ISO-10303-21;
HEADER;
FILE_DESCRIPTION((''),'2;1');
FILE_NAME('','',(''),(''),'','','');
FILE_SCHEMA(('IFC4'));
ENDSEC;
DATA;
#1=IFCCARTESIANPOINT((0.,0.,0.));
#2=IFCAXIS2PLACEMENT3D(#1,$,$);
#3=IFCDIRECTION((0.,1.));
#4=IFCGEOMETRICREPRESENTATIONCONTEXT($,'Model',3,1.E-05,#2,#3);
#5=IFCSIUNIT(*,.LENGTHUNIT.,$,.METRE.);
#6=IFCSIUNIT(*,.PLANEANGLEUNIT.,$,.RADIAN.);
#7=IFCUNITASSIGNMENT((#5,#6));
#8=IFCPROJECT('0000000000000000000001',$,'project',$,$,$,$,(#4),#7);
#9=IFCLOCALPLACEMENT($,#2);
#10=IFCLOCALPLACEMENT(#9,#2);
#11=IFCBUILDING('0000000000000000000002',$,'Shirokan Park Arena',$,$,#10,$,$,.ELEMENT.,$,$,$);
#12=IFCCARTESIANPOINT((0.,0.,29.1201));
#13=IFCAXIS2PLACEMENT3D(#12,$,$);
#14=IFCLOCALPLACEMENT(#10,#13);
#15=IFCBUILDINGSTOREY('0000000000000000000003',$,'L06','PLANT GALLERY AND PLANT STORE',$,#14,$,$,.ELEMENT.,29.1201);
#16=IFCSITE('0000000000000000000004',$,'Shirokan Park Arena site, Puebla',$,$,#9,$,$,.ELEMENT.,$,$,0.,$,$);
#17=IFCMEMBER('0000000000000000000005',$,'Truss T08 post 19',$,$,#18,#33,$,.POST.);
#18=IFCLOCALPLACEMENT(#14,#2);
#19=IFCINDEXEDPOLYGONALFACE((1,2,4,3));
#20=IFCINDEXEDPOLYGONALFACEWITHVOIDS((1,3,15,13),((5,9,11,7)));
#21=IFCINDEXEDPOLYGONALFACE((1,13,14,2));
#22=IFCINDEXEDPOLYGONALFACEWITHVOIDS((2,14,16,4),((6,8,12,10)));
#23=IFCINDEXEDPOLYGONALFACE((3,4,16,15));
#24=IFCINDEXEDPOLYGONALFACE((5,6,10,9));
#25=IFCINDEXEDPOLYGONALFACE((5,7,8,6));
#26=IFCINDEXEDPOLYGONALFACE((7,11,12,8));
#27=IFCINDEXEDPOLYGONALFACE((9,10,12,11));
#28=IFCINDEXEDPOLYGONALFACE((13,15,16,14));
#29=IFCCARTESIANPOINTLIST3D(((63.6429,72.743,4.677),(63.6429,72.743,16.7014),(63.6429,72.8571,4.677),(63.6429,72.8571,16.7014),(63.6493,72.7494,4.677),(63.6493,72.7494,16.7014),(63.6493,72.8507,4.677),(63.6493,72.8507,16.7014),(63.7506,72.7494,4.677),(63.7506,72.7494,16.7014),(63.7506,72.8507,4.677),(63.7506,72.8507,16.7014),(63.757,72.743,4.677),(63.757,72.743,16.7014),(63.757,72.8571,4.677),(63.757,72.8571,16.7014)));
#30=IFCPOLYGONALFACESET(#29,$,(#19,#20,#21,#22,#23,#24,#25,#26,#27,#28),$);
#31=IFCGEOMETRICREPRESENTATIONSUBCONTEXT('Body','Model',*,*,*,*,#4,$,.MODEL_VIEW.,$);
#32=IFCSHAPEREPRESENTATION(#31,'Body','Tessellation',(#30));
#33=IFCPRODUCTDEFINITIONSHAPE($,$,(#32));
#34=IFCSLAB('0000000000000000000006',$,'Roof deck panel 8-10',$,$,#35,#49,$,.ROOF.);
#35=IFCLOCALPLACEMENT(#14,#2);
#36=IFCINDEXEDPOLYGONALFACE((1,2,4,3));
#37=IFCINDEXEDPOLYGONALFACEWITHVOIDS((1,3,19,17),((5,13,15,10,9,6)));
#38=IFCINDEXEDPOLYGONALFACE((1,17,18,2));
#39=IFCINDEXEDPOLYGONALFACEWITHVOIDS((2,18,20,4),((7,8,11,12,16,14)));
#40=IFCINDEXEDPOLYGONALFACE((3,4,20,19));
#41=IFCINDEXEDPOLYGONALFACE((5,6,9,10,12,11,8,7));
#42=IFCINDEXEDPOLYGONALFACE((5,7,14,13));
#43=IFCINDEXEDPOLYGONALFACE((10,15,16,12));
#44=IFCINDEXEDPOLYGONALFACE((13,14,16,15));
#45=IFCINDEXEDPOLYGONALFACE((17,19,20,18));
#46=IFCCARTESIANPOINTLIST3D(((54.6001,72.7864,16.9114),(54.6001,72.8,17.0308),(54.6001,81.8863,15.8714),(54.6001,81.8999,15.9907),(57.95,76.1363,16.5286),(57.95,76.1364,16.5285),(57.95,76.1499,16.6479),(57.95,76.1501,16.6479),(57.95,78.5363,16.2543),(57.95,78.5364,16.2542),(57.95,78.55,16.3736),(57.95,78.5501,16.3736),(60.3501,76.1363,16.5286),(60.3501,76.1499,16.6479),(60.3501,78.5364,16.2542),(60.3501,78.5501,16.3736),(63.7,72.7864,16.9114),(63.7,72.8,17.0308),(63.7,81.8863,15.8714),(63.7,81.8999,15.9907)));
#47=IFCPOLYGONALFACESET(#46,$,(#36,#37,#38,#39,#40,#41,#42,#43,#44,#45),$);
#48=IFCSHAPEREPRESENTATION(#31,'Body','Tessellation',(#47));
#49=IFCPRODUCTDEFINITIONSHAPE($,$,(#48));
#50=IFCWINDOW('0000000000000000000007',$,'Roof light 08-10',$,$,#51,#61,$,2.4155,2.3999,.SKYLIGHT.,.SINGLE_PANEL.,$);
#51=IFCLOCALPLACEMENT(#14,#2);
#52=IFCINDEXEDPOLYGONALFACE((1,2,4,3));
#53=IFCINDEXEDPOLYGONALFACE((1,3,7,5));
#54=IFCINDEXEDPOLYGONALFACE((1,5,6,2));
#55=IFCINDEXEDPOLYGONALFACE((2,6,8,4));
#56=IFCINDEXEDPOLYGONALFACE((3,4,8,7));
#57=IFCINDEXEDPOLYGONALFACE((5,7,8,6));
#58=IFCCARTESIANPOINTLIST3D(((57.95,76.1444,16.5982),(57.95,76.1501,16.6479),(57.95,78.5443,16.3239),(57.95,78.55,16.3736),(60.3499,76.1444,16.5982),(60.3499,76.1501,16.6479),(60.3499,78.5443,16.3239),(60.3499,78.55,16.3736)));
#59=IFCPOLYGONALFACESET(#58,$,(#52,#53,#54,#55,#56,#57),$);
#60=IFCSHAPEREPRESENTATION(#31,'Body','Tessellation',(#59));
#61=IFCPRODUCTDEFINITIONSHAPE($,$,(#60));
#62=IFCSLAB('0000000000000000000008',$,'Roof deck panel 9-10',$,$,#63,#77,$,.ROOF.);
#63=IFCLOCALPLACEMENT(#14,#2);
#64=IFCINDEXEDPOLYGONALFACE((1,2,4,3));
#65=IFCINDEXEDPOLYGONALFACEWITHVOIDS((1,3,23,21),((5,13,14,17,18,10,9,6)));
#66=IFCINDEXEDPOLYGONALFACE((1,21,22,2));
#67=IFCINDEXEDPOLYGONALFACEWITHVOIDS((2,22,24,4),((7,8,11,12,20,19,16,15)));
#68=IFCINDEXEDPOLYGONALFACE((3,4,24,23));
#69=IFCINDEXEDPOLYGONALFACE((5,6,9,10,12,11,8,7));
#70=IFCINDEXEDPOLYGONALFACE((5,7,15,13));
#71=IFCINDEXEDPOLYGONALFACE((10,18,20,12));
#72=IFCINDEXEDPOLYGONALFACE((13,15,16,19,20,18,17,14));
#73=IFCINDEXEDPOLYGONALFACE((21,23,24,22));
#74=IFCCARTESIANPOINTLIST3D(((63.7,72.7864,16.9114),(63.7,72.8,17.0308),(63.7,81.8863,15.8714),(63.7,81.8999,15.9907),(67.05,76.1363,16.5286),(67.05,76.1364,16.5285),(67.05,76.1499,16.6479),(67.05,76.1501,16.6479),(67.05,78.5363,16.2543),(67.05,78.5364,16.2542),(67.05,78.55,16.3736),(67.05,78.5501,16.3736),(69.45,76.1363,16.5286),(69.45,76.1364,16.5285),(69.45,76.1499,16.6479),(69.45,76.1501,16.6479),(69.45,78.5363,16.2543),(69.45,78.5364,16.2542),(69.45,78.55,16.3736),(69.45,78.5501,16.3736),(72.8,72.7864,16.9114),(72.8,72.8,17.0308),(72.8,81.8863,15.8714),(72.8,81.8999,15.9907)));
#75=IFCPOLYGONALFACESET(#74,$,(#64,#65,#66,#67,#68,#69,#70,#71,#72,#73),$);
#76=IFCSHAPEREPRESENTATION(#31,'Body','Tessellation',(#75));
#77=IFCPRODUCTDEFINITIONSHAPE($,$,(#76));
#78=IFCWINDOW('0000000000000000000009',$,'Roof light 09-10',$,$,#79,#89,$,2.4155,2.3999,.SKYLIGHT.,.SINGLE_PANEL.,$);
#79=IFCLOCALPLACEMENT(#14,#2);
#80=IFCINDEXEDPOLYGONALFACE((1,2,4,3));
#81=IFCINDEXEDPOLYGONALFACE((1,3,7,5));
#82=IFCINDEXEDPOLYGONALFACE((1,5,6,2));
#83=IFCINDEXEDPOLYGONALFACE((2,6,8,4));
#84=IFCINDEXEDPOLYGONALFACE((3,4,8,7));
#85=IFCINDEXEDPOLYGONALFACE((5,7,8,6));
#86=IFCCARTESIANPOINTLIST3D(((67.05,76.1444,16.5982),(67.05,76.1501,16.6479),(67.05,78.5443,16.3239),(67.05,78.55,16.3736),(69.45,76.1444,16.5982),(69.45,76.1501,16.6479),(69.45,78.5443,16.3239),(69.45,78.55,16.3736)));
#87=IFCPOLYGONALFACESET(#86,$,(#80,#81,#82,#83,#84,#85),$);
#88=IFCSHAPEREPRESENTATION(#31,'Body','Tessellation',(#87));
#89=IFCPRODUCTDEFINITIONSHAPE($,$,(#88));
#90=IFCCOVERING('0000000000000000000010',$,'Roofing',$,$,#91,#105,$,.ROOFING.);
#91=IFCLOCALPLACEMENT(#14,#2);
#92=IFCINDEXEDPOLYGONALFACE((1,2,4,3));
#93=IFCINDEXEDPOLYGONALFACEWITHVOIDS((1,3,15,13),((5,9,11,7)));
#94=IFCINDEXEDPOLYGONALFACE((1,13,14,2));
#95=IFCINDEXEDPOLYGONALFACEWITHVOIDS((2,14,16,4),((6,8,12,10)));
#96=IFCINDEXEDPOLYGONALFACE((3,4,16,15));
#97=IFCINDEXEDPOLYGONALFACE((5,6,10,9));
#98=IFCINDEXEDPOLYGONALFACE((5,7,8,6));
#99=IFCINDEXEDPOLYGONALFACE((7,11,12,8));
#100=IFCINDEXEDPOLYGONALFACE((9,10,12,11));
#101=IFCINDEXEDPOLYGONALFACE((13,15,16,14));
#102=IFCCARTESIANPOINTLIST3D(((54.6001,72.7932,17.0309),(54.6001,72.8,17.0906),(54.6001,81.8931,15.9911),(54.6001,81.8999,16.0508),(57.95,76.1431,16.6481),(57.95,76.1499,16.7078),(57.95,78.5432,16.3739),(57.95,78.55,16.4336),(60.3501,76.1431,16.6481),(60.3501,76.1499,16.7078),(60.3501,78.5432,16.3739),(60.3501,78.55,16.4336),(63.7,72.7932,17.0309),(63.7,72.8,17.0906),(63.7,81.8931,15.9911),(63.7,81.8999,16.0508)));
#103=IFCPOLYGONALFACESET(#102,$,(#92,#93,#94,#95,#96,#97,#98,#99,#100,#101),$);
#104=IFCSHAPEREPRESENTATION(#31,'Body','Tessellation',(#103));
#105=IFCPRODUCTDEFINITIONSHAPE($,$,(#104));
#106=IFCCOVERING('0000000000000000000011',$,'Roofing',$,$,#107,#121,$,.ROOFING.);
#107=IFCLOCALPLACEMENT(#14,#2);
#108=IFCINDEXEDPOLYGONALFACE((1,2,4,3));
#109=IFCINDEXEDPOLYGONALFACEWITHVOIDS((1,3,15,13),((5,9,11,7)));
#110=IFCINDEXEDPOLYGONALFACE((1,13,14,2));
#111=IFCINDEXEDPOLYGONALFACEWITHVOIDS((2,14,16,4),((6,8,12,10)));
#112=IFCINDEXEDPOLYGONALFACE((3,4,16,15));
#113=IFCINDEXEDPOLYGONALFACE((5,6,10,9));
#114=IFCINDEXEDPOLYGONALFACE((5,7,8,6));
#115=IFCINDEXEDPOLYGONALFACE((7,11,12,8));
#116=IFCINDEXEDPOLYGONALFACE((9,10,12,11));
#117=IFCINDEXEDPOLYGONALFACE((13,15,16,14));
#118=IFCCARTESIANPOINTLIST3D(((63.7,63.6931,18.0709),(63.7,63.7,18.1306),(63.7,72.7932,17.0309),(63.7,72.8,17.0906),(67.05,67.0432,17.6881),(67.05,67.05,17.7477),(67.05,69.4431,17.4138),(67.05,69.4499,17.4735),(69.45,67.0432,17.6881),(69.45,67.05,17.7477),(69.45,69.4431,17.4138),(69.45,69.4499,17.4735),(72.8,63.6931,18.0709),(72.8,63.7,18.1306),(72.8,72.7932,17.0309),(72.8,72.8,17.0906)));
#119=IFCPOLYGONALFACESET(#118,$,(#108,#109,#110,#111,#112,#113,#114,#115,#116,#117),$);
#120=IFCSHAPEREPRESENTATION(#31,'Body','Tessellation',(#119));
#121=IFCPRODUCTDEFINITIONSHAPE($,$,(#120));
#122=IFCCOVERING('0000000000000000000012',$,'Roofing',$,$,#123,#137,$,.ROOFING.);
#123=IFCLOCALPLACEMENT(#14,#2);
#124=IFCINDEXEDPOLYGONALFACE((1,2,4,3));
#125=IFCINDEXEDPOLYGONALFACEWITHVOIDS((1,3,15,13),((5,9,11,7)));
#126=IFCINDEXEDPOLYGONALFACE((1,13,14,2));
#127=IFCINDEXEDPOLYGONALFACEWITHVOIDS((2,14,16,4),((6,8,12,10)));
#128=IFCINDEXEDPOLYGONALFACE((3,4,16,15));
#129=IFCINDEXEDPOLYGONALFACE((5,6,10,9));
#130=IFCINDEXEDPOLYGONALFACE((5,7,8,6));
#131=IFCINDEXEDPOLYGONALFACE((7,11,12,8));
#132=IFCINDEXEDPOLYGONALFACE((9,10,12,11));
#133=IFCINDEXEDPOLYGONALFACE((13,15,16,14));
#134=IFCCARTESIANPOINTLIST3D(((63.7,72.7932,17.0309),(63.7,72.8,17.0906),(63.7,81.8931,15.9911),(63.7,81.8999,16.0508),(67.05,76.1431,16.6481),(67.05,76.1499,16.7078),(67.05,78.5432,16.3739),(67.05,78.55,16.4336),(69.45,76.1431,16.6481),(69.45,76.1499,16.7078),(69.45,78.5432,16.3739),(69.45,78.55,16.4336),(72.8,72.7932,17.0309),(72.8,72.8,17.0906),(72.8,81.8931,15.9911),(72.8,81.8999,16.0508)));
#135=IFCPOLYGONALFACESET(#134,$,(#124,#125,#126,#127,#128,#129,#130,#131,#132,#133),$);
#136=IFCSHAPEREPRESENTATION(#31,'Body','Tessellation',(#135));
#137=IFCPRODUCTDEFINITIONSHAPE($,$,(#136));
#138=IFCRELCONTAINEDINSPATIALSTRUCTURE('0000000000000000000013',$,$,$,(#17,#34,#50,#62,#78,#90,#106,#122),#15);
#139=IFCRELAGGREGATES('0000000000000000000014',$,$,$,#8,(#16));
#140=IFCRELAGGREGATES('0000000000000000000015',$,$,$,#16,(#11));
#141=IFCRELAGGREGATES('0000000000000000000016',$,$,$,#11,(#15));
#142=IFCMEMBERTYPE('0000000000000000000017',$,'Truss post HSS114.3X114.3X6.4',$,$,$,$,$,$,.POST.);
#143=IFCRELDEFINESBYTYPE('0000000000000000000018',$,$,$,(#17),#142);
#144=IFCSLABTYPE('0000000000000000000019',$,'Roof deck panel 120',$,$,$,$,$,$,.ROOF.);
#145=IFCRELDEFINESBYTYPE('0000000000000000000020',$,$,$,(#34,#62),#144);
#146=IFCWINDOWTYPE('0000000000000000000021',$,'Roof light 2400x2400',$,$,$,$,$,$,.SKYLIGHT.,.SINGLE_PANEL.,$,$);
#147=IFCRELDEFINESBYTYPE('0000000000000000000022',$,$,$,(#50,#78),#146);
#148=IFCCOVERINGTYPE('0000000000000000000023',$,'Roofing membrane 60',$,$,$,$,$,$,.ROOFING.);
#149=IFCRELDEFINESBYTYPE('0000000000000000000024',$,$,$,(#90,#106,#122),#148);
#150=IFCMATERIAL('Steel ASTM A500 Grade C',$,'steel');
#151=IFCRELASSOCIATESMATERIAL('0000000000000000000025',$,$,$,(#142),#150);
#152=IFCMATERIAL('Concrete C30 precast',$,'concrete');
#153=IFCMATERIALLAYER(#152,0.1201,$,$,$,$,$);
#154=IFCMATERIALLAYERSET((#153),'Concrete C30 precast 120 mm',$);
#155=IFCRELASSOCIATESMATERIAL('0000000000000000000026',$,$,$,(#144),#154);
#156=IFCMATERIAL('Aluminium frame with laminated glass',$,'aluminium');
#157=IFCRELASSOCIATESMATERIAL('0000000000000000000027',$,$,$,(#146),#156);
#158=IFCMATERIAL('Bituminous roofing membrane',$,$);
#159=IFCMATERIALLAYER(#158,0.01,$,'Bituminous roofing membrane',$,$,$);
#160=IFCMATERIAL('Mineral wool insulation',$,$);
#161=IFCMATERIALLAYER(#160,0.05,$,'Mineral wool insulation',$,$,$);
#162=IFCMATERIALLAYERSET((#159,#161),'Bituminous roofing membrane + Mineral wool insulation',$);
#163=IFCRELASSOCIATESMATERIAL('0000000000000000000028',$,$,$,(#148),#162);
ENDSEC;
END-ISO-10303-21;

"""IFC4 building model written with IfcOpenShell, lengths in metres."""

from ifc_helpers import new_model, si_unit, direction, frame, origin, origin_2d, place, context, subcontext, project, spatial, polyline, rectangle, hollow_rectangle, outline, extrude, material, layer, layer_set, material_profile, profile_set, type_object, element, fill, save


model = new_model("IFC4")

# Units and contexts
model_context = context("Model", 3, precision=1e-05, world=origin(), true_north=direction((0.0, 1.0)))
body_context = subcontext(model_context, "Body", "Model", "MODEL_VIEW")
ifc_project = project(units=[si_unit("LENGTHUNIT", "METRE"), si_unit("PLANEANGLEUNIT", "RADIAN")], contexts=[model_context])

# Site, building, storey
site_placement = place(None, origin())
site = spatial("IfcSite", under=ifc_project, at=site_placement, Name="Shirokan Park Arena site, Puebla", CompositionType="ELEMENT", RefElevation=0.0)
building_placement = place(site_placement, origin())
building = spatial("IfcBuilding", under=site, at=building_placement, Name="Shirokan Park Arena", CompositionType="ELEMENT")
storey_placement = place(building_placement, frame((0.0, 0.0, 29.1201)))
storey = spatial("IfcBuildingStorey", under=building, at=storey_placement, Name="L06", Description="PLANT GALLERY AND PLANT STORE", CompositionType="ELEMENT", Elevation=29.1201)

# Member
ifc_material_1 = material(Name="Steel ASTM A500 Grade C", Category="steel")
ifc_material_profile_1 = material_profile(ifc_material_1, hollow_rectangle(XDim=0.114, YDim=0.114, WallThickness=0.0063, at=origin_2d()), Name="HSS114.3X114.3X6.4")
ifc_profile_set_1 = profile_set([ifc_material_profile_1], Name="Steel ASTM A500 Grade C")
member_type_1 = type_object("IfcMemberType", Name="Truss post HSS114.3X114.3X6.4", PredefinedType="POST", material=ifc_profile_set_1)
member_1_placement = place(storey_placement, frame((63.7, 72.8, 4.677), z_axis=(0.0, 0.0, 1.0), x_axis=(1.0, 0.0, 0.0)))
element("IfcMember", 1, at=member_1_placement, inside=storey, type_object=member_type_1, Name="Truss T08 post 19", PredefinedType="POST", context=body_context, shape_type="SweptSolid", body=[
    extrude(hollow_rectangle(XDim=0.114, YDim=0.114, WallThickness=0.0063, at=origin_2d()), origin(), (0.0, 0.0, 1.0), 12.0244),
])

# Slabs, openings, windows
ifc_material_2 = material(Name="Concrete C30 precast", Category="concrete")
ifc_layer_1 = layer(ifc_material_2, 0.1201)
ifc_layer_set_1 = layer_set([ifc_layer_1], Name="Concrete C30 precast 120 mm")
slab_type = type_object("IfcSlabType", Name="Roof deck panel 120", PredefinedType="ROOF", material=ifc_layer_set_1)
slab_1_placement = place(storey_placement, frame((54.6001, 72.8, 17.0308), z_axis=(0.0, 0.113553, 0.993532), x_axis=(1.0, 0.0, 0.0)))
slab_1 = element("IfcSlab", 2, at=slab_1_placement, inside=storey, type_object=slab_type, Name="Roof deck panel 8-10", PredefinedType="ROOF", context=body_context, shape_type="SweptSolid", body=[
    extrude(outline(polyline([(0.0, 0.0), (9.0999, 0.0), (9.0999, 9.1591), (0.0, 9.1591), (0.0, 0.0)]), holes=[polyline([(3.3499, 3.3717), (5.75, 3.3717), (5.75, 5.7874), (3.3499, 5.7874), (3.3499, 3.3717)])]), origin(), (0.0, 0.0, -1.0), 0.1201),
])
opening_1_placement = place(slab_1_placement, frame((4.5498, 4.5796, 0.01)))
opening_1 = element("IfcOpeningElement", 3, at=opening_1_placement, cuts=slab_1, PredefinedType="OPENING", context=body_context, shape_type="SweptSolid", body=[
    extrude(rectangle(XDim=2.3999, YDim=2.4155, at=origin_2d()), origin(), (0.0, 0.0, -1.0), 0.1399),
])
ifc_material_3 = material(Name="Aluminium frame with laminated glass", Category="aluminium")
window_type = type_object("IfcWindowType", Name="Roof light 2400x2400", PartitioningType="SINGLE_PANEL", PredefinedType="SKYLIGHT", material=ifc_material_3)
window_1_placement = place(opening_1_placement, frame((0.0, 0.0, -0.0601)))
window_1 = element("IfcWindow", 4, at=window_1_placement, inside=storey, type_object=window_type, Name="Roof light 08-10", OverallHeight=2.4155, OverallWidth=2.3999, PartitioningType="SINGLE_PANEL", PredefinedType="SKYLIGHT", context=body_context, shape_type="SweptSolid", body=[
    extrude(rectangle(XDim=2.3999, YDim=2.4155, at=origin_2d()), origin(), (0.0, 0.0, 1.0), 0.05),
])
fill(opening_1, window_1)
slab_2_placement = place(storey_placement, frame((63.7, 72.8, 17.0308), z_axis=(0.0, 0.113553, 0.993532), x_axis=(1.0, 0.0, 0.0)))
slab_2 = element("IfcSlab", 5, at=slab_2_placement, inside=storey, type_object=slab_type, Name="Roof deck panel 9-10", PredefinedType="ROOF", context=body_context, shape_type="SweptSolid", body=[
    extrude(outline(polyline([(0.0, 0.0), (9.1001, 0.0), (9.1001, 9.1591), (0.0, 9.1591), (0.0, 0.0)]), holes=[polyline([(3.3501, 3.3717), (5.75, 3.3717), (5.75, 5.7874), (3.3501, 5.7874), (3.3501, 3.3717)])]), origin(), (0.0, 0.0, -1.0), 0.1201),
])
opening_2_placement = place(slab_2_placement, frame((4.55, 4.5796, 0.01)))
opening_2 = element("IfcOpeningElement", 6, at=opening_2_placement, cuts=slab_2, PredefinedType="OPENING", context=body_context, shape_type="SweptSolid", body=[
    extrude(rectangle(XDim=2.3999, YDim=2.4155, at=origin_2d()), origin(), (0.0, 0.0, -1.0), 0.1399),
])
window_2_placement = place(opening_2_placement, frame((0.0, 0.0, -0.0601)))
window_2 = element("IfcWindow", 7, at=window_2_placement, inside=storey, type_object=window_type, Name="Roof light 09-10", OverallHeight=2.4155, OverallWidth=2.3999, PartitioningType="SINGLE_PANEL", PredefinedType="SKYLIGHT", context=body_context, shape_type="SweptSolid", body=[
    extrude(rectangle(XDim=2.3999, YDim=2.4155, at=origin_2d()), origin(), (0.0, 0.0, 1.0), 0.05),
])
fill(opening_2, window_2)

# Coverings
ifc_material_4 = material(Name="Bituminous roofing membrane")
ifc_layer_2 = layer(ifc_material_4, 0.01, Name="Bituminous roofing membrane")
ifc_material_5 = material(Name="Mineral wool insulation")
ifc_layer_3 = layer(ifc_material_5, 0.05, Name="Mineral wool insulation")
ifc_layer_set_2 = layer_set([ifc_layer_2, ifc_layer_3], Name="Bituminous roofing membrane + Mineral wool insulation")
covering_type = type_object("IfcCoveringType", Name="Roofing membrane 60", PredefinedType="ROOFING", material=ifc_layer_set_2)
covering_1_placement = place(storey_placement, frame((54.6001, 72.8, 17.0906), z_axis=(0.0, 0.113526, 0.993535), x_axis=(1.0, 0.0, 0.0)))
element("IfcCovering", 8, at=covering_1_placement, inside=storey, type_object=covering_type, Name="Roofing", PredefinedType="ROOFING", context=body_context, shape_type="SweptSolid", body=[
    extrude(outline(polyline([(0.0, 0.0), (9.0999, 0.0), (9.0999, 9.1591), (0.0, 9.1591), (0.0, 0.0)]), holes=[polyline([(5.75, 3.3717), (5.75, 5.7874), (3.3499, 5.7874), (3.3499, 3.3717), (5.75, 3.3717)])]), origin(), (0.0, 0.0, -1.0), 0.0601),
])
covering_2_placement = place(storey_placement, frame((63.7, 63.7, 18.1306), z_axis=(0.0, 0.11355, 0.993532), x_axis=(1.0, 0.0, 0.0)))
element("IfcCovering", 9, at=covering_2_placement, inside=storey, type_object=covering_type, Name="Roofing", PredefinedType="ROOFING", context=body_context, shape_type="SweptSolid", body=[
    extrude(outline(polyline([(0.0, 0.0), (9.1001, 0.0), (9.1001, 9.1593), (0.0, 9.1593), (0.0, 0.0)]), holes=[polyline([(5.75, 3.3719), (5.75, 5.7874), (3.3501, 5.7874), (3.3501, 3.3719), (5.75, 3.3719)])]), origin(), (0.0, 0.0, -1.0), 0.0601),
])
covering_3_placement = place(storey_placement, frame((63.7, 72.8, 17.0906), z_axis=(0.0, 0.113526, 0.993535), x_axis=(1.0, 0.0, 0.0)))
element("IfcCovering", 10, at=covering_3_placement, inside=storey, type_object=covering_type, Name="Roofing", PredefinedType="ROOFING", context=body_context, shape_type="SweptSolid", body=[
    extrude(outline(polyline([(0.0, 0.0), (9.1001, 0.0), (9.1001, 9.1591), (0.0, 9.1591), (0.0, 0.0)]), holes=[polyline([(5.75, 3.3717), (5.75, 5.7874), (3.3501, 5.7874), (3.3501, 3.3717), (5.75, 3.3717)])]), origin(), (0.0, 0.0, -1.0), 0.0601),
])

save(model, "model.ifc")
